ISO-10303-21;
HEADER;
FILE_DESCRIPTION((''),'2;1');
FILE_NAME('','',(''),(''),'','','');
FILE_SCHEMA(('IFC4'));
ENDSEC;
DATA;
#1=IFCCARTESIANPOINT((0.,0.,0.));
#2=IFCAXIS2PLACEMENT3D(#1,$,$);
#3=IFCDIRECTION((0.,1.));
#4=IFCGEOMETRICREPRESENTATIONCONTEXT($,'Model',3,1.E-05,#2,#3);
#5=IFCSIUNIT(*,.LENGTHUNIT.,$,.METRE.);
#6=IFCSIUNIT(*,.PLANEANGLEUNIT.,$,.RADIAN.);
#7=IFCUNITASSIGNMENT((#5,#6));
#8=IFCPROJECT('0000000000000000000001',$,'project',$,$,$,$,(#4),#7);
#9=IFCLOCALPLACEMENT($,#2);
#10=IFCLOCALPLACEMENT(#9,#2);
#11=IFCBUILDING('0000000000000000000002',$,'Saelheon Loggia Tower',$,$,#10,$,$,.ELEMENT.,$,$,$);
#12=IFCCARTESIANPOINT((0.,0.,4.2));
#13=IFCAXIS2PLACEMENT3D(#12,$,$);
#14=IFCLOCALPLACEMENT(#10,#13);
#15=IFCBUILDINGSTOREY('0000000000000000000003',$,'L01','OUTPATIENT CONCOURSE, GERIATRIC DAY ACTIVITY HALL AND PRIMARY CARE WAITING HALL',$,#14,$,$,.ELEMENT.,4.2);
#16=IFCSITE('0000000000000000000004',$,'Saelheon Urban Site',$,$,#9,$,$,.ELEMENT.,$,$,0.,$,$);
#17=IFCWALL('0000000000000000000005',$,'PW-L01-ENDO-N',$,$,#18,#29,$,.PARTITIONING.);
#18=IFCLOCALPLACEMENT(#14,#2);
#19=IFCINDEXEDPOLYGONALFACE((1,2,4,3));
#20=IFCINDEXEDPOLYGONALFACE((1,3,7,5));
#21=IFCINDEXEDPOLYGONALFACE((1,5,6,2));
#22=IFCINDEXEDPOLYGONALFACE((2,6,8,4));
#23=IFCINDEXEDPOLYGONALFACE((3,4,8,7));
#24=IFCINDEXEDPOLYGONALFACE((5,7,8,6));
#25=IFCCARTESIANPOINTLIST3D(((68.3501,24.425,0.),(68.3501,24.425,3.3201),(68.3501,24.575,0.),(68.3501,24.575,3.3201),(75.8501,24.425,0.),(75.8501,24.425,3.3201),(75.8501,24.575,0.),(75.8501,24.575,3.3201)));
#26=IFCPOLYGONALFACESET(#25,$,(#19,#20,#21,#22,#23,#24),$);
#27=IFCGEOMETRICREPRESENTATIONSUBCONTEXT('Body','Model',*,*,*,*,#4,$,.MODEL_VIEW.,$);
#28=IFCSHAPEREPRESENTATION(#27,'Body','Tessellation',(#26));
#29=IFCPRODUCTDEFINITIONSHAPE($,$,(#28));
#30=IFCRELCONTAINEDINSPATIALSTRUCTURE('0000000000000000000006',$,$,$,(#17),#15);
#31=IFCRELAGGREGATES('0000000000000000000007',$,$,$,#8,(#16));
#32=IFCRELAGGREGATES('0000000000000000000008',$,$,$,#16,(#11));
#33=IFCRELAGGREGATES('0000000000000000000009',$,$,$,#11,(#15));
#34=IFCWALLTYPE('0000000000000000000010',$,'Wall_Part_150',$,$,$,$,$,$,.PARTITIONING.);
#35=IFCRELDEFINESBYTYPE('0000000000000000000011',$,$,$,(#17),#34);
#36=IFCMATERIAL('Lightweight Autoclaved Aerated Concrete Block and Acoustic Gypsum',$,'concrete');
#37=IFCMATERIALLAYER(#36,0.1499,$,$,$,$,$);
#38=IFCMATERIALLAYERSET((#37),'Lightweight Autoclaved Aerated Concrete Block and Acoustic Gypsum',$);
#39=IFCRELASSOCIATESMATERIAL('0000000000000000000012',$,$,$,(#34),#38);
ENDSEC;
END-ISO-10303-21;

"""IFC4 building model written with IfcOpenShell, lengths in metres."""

from ifc_helpers import new_model, si_unit, direction, frame, frame_2d, origin, place, context, subcontext, project, spatial, rectangle, extrude, material, layer, layer_set, type_object, element, save


model = new_model("IFC4")

# Units and contexts
model_context = context("Model", 3, precision=1e-05, world=origin(), true_north=direction((0.0, 1.0)))
body_context = subcontext(model_context, "Body", "Model", "MODEL_VIEW")
ifc_project = project(units=[si_unit("LENGTHUNIT", "METRE"), si_unit("PLANEANGLEUNIT", "RADIAN")], contexts=[model_context])

# Site, building, storey
site_placement = place(None, origin())
site = spatial("IfcSite", under=ifc_project, at=site_placement, Name="Saelheon Urban Site", CompositionType="ELEMENT", RefElevation=0.0)
building_placement = place(site_placement, origin())
building = spatial("IfcBuilding", under=site, at=building_placement, Name="Saelheon Loggia Tower", CompositionType="ELEMENT")
storey_placement = place(building_placement, frame((0.0, 0.0, 4.2)))
storey = spatial("IfcBuildingStorey", under=building, at=storey_placement, Name="L01", Description="OUTPATIENT CONCOURSE, GERIATRIC DAY ACTIVITY HALL AND PRIMARY CARE WAITING HALL", CompositionType="ELEMENT", Elevation=4.2)

# Wall
ifc_material_1 = material(Name="Lightweight Autoclaved Aerated Concrete Block and Acoustic Gypsum", Category="concrete")
ifc_layer_1 = layer(ifc_material_1, 0.1499)
ifc_layer_set_1 = layer_set([ifc_layer_1], Name="Lightweight Autoclaved Aerated Concrete Block and Acoustic Gypsum")
wall_type_1 = type_object("IfcWallType", Name="Wall_Part_150", PredefinedType="PARTITIONING", material=ifc_layer_set_1)
wall_1_placement = place(storey_placement, frame((68.3501, 24.5, 0.0), z_axis=(0.0, 0.0, 1.0), x_axis=(1.0, 0.0, 0.0)))
element("IfcWall", 1, at=wall_1_placement, inside=storey, type_object=wall_type_1, Name="PW-L01-ENDO-N", PredefinedType="PARTITIONING", context=body_context, shape_type="SweptSolid", body=[
    extrude(rectangle(XDim=7.5, YDim=0.1499, at=frame_2d((3.75, 0.0))), origin(), (0.0, 0.0, 1.0), 3.3201),
])

save(model, "model.ifc")
